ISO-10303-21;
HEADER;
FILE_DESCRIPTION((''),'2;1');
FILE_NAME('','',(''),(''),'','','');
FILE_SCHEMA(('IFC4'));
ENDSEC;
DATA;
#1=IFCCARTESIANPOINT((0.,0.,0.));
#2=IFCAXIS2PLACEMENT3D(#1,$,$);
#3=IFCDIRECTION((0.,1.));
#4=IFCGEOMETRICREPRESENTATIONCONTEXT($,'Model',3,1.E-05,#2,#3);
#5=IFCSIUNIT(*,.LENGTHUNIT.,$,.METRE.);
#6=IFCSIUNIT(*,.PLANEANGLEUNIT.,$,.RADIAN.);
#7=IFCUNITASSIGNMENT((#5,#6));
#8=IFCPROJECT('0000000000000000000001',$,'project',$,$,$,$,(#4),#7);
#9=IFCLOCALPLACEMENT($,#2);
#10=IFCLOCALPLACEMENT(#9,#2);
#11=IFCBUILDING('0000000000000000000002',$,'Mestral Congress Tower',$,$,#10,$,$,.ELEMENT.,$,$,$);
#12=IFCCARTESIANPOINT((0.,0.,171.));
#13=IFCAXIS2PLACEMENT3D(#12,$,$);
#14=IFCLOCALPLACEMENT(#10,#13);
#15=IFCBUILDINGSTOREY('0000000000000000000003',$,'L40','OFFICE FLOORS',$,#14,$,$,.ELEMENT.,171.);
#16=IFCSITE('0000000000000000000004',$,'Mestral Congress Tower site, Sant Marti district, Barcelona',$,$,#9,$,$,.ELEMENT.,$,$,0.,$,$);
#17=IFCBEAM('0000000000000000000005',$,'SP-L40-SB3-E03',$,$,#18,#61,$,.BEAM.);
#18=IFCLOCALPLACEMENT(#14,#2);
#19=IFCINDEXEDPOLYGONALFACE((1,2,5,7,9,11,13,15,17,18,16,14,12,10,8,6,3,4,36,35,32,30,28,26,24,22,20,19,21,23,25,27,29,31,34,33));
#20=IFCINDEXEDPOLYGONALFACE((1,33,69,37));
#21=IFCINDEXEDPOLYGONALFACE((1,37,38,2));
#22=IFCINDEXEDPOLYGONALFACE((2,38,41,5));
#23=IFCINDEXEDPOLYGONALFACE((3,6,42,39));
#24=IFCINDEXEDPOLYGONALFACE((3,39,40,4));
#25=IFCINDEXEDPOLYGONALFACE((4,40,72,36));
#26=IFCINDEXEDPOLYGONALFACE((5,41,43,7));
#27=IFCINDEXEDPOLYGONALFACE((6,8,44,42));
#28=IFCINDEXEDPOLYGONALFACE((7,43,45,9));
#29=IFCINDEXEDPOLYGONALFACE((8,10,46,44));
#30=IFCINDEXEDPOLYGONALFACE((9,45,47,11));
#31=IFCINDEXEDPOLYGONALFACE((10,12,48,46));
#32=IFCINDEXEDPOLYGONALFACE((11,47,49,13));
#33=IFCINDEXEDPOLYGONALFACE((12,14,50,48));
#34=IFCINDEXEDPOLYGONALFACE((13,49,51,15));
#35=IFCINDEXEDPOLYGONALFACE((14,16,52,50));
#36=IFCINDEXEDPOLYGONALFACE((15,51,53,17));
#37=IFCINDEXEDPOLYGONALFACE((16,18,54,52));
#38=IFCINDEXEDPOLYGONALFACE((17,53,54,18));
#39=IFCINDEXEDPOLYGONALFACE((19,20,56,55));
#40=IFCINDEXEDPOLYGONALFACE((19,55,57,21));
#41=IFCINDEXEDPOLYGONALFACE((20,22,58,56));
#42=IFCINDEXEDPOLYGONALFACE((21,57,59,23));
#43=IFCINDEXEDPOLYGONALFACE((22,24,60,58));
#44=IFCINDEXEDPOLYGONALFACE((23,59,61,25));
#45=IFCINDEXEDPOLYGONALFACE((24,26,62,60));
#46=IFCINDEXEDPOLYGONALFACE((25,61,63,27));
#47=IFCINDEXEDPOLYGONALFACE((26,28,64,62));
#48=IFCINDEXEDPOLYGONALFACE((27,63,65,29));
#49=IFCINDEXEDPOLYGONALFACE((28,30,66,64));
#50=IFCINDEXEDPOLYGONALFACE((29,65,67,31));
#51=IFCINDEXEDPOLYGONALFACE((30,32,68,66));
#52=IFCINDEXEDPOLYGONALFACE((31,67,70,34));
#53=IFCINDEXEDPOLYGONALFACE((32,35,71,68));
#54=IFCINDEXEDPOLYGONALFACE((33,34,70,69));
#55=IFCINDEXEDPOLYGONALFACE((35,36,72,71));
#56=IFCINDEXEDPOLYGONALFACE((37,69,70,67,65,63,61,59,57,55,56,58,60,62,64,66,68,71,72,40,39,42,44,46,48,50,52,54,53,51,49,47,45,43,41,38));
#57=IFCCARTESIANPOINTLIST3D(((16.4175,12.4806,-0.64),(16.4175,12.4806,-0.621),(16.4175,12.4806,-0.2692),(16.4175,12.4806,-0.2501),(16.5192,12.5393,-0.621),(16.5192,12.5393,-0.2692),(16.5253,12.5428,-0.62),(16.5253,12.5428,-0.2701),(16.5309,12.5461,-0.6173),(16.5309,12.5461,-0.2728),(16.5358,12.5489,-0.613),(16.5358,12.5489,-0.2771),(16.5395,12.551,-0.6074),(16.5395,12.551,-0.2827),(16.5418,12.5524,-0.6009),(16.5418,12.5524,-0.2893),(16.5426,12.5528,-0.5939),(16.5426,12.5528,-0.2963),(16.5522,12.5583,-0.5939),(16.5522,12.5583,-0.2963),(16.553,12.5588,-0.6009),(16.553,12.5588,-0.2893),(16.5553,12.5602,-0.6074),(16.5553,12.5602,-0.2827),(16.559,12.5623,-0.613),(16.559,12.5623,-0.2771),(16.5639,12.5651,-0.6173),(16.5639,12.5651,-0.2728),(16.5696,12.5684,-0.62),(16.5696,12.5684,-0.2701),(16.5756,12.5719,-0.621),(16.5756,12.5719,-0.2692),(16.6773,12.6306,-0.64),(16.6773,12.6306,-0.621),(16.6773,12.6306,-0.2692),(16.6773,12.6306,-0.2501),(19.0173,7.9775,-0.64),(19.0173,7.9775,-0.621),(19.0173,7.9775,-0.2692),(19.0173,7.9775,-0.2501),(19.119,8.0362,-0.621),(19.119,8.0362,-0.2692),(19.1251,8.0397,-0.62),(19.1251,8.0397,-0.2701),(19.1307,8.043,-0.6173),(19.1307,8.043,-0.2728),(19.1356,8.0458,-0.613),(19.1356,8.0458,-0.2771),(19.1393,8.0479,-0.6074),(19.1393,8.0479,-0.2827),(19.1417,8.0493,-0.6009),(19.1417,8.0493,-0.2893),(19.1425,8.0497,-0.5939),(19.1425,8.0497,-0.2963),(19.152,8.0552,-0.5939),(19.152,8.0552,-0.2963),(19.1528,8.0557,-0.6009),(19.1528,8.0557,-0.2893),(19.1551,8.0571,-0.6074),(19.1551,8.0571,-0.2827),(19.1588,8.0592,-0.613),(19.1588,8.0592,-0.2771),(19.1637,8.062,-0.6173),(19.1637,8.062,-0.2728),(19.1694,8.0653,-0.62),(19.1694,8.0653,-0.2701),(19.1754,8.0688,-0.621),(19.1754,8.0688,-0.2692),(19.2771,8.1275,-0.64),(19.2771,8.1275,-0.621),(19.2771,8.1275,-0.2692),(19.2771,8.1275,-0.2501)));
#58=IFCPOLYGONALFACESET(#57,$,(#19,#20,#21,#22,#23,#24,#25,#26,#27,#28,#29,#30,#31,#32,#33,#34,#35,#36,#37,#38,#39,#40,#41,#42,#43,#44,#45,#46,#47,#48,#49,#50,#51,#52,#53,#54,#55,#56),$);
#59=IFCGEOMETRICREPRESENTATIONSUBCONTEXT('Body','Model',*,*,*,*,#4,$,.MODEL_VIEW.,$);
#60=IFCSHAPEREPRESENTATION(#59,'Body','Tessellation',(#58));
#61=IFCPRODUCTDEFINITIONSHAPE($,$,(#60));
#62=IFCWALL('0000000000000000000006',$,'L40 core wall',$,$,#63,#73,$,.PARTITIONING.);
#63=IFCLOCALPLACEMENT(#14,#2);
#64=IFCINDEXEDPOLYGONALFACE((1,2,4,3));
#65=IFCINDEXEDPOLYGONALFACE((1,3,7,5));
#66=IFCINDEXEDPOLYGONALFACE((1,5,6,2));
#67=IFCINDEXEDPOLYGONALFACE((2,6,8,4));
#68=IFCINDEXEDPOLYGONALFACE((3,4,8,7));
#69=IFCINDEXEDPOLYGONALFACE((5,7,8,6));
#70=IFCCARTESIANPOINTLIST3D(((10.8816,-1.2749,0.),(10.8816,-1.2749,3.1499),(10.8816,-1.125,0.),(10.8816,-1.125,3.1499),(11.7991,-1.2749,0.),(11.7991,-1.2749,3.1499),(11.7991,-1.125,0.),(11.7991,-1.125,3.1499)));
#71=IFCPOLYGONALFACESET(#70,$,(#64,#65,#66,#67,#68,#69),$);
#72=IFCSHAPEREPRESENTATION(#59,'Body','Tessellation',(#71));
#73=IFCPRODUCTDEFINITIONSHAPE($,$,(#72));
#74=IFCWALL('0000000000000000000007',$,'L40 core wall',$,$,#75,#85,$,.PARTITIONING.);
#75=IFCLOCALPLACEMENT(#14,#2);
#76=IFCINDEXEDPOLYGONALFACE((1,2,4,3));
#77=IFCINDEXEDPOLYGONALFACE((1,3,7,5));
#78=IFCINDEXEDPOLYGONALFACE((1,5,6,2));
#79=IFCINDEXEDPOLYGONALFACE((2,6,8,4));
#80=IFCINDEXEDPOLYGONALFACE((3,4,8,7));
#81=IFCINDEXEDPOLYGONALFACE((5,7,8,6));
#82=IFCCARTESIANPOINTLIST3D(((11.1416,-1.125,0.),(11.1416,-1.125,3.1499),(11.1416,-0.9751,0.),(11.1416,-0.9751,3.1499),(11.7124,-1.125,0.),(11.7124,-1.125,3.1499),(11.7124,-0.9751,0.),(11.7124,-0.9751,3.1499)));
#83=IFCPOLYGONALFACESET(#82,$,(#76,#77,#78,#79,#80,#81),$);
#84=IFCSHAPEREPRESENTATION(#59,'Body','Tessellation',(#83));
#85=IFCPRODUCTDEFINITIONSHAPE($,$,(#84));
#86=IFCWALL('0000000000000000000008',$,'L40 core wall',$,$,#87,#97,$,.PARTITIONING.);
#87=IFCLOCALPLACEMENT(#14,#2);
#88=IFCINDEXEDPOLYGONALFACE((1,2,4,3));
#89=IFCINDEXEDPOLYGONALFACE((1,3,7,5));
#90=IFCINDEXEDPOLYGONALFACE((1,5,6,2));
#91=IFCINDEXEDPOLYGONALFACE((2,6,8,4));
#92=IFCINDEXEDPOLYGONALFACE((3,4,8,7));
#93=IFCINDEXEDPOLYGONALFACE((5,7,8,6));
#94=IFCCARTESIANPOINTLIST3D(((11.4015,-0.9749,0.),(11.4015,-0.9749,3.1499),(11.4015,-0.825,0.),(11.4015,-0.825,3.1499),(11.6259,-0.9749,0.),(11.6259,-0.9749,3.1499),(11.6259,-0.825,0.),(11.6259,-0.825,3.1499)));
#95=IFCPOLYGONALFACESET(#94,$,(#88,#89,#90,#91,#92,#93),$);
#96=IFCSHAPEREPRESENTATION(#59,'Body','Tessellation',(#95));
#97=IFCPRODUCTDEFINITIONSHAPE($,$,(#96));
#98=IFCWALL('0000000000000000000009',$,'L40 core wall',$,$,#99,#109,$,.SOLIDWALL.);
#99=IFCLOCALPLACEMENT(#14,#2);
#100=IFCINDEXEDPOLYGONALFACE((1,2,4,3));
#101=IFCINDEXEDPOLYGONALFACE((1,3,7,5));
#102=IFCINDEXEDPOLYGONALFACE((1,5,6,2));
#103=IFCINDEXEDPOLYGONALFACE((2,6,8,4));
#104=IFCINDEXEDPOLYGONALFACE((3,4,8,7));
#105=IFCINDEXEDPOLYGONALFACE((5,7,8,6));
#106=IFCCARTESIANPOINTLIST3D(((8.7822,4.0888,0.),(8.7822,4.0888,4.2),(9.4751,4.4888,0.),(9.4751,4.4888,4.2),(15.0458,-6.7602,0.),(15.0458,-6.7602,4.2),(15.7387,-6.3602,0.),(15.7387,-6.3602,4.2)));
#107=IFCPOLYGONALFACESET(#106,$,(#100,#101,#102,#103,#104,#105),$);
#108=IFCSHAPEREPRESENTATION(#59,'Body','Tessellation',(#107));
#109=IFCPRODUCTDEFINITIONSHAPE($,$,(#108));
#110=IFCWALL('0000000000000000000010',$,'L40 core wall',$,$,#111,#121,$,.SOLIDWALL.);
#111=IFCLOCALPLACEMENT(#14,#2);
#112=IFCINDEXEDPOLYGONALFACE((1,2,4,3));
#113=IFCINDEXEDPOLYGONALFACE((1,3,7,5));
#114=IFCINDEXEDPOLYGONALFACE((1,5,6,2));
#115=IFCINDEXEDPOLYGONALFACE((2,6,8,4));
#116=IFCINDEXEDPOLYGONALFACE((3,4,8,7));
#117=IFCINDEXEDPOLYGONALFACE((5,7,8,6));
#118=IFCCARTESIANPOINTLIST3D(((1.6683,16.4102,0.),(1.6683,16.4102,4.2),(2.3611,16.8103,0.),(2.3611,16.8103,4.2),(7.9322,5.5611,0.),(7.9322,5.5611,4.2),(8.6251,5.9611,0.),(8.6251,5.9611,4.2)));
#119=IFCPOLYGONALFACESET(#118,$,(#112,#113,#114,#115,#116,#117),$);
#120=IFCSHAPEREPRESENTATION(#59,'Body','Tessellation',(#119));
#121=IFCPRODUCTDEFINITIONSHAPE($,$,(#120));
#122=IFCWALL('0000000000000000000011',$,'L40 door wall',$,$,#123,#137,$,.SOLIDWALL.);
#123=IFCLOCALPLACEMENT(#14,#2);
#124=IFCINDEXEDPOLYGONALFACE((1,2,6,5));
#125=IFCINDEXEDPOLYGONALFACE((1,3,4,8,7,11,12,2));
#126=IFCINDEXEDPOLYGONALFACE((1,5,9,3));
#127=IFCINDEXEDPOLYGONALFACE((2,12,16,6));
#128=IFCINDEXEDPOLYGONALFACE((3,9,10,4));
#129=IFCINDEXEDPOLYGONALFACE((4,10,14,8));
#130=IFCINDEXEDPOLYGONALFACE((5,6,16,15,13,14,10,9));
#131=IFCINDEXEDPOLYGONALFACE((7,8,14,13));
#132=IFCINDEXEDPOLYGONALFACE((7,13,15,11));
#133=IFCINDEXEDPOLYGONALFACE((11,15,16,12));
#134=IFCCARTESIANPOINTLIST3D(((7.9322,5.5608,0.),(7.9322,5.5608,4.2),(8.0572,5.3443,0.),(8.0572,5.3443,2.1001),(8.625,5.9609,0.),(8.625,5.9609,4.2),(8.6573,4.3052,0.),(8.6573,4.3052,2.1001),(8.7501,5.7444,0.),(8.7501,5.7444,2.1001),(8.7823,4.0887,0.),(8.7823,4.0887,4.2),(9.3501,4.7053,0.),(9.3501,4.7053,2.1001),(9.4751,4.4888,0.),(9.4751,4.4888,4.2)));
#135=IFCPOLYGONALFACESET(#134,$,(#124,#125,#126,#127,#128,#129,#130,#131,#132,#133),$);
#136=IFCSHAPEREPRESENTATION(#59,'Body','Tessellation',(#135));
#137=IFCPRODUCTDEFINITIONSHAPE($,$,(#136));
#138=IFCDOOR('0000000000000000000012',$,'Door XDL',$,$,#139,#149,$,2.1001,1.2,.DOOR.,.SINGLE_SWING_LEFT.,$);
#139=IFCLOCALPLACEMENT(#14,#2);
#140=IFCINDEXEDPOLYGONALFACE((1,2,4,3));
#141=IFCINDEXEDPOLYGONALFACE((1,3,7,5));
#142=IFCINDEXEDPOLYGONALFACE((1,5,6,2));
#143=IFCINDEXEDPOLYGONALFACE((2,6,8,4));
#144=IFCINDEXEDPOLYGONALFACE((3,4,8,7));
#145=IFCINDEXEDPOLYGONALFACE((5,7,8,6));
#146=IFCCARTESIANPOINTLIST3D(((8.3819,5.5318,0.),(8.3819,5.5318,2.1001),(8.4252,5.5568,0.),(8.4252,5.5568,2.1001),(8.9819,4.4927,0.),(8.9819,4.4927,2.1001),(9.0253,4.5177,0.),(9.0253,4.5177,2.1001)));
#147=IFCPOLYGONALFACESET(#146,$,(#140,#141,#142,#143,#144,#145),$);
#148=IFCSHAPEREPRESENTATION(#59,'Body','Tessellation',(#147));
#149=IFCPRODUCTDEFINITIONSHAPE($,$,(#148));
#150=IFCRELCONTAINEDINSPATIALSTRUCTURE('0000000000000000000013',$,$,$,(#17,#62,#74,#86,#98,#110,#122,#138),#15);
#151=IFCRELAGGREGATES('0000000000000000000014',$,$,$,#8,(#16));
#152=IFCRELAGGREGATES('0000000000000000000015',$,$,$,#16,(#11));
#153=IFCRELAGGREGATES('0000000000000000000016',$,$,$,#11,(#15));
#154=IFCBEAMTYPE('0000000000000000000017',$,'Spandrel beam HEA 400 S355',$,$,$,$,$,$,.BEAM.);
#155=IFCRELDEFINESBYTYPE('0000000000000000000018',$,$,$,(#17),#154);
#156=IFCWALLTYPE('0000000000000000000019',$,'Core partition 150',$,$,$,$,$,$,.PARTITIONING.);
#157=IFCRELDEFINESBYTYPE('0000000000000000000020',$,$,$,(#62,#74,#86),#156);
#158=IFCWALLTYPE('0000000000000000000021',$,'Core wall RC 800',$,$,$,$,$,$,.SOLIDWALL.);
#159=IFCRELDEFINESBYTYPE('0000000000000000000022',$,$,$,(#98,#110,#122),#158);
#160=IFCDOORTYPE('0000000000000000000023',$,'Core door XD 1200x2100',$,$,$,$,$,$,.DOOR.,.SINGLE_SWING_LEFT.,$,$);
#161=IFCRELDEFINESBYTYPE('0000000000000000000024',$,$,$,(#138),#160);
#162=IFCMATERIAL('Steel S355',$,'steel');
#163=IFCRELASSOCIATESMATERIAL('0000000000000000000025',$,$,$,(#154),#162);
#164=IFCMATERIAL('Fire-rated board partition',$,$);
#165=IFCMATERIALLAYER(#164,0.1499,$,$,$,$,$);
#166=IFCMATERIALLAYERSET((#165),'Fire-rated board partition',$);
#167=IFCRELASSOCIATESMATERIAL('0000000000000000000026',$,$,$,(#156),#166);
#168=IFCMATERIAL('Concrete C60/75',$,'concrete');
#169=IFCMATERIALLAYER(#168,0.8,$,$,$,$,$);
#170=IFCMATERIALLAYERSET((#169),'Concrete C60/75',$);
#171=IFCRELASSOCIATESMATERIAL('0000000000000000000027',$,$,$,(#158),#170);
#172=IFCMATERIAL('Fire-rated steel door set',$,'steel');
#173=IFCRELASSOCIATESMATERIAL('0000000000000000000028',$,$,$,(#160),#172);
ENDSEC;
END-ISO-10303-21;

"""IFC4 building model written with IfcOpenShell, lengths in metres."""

from ifc_helpers import new_model, si_unit, direction, frame, frame_2d, origin, origin_2d, place, context, subcontext, project, spatial, rectangle, i_section, extrude, material, layer, layer_set, material_profile, profile_set, type_object, element, fill, save


model = new_model("IFC4")

# Units and contexts
model_context = context("Model", 3, precision=1e-05, world=origin(), true_north=direction((0.0, 1.0)))
body_context = subcontext(model_context, "Body", "Model", "MODEL_VIEW")
ifc_project = project(units=[si_unit("LENGTHUNIT", "METRE"), si_unit("PLANEANGLEUNIT", "RADIAN")], contexts=[model_context])

# Site, building, storey
site_placement = place(None, origin())
site = spatial("IfcSite", under=ifc_project, at=site_placement, Name="Mestral Congress Tower site, Sant Marti district, Barcelona", CompositionType="ELEMENT", RefElevation=0.0)
building_placement = place(site_placement, origin())
building = spatial("IfcBuilding", under=site, at=building_placement, Name="Mestral Congress Tower", CompositionType="ELEMENT")
storey_placement = place(building_placement, frame((0.0, 0.0, 171.0)))
storey = spatial("IfcBuildingStorey", under=building, at=storey_placement, Name="L40", Description="OFFICE FLOORS", CompositionType="ELEMENT", Elevation=171.0)

# Shared definitions
ifc_material_1 = material(Name="Concrete C60/75", Category="concrete")

# Beam
ifc_material_2 = material(Name="Steel S355", Category="steel")
ifc_material_profile_1 = material_profile(ifc_material_2, i_section(OverallWidth=0.3, OverallDepth=0.3899, WebThickness=0.011, FlangeThickness=0.019, FilletRadius=0.0271, at=origin_2d()), Name="HEA 400")
ifc_profile_set_1 = profile_set([ifc_material_profile_1], Name="Steel S355")
beam_type_1 = type_object("IfcBeamType", Name="Spandrel beam HEA 400 S355", PredefinedType="BEAM", material=ifc_profile_set_1)
for number, where, z_axis, x_axis, name in (
    (1, (19.1472, 8.0525, -0.4451), (-0.499992, 0.86603, 0.0), (-0.86603, -0.499992, 0.0), "SP-L40-SB3-E03"),
):
    element("IfcBeam", number, at=place(storey_placement, frame(where, z_axis=z_axis, x_axis=x_axis)), inside=storey, type_object=beam_type_1, Name=name, PredefinedType="BEAM", context=body_context, shape_type="SweptSolid", body=[
        extrude(i_section(OverallWidth=0.3, OverallDepth=0.3899, WebThickness=0.011, FlangeThickness=0.019, FilletRadius=0.0271, at=origin_2d()), origin(), (0.0, 0.0, 1.0), 5.1997),
    ])

# Walls
ifc_material_3 = material(Name="Fire-rated board partition")
ifc_layer_1 = layer(ifc_material_3, 0.1499)
ifc_layer_set_1 = layer_set([ifc_layer_1], Name="Fire-rated board partition")
wall_type_1 = type_object("IfcWallType", Name="Core partition 150", PredefinedType="PARTITIONING", material=ifc_layer_set_1)
wall_1_placement = place(storey_placement, frame((10.8816, -1.2, 0.0), z_axis=(0.0, 0.0, 1.0), x_axis=(1.0, 0.0, 0.0)))
element("IfcWall", 2, at=wall_1_placement, inside=storey, type_object=wall_type_1, Name="L40 core wall", PredefinedType="PARTITIONING", context=body_context, shape_type="SweptSolid", body=[
    extrude(rectangle(XDim=0.9175, YDim=0.1499, at=frame_2d((0.4587, 0.0))), origin(), (0.0, 0.0, 1.0), 3.1499),
])
wall_2_placement = place(storey_placement, frame((11.7124, -1.05, 0.0), z_axis=(0.0, 0.0, 1.0), x_axis=(-1.0, 0.0, 0.0)))
element("IfcWall", 3, at=wall_2_placement, inside=storey, type_object=wall_type_1, Name="L40 core wall", PredefinedType="PARTITIONING", context=body_context, shape_type="SweptSolid", body=[
    extrude(rectangle(XDim=0.5708, YDim=0.1499, at=frame_2d((0.2854, 0.0))), origin(), (0.0, 0.0, 1.0), 3.1499),
])
wall_3_placement = place(storey_placement, frame((11.4014, -0.8999, 0.0), z_axis=(0.0, 0.0, 1.0), x_axis=(1.0, 0.0, 0.0)))
element("IfcWall", 4, at=wall_3_placement, inside=storey, type_object=wall_type_1, Name="L40 core wall", PredefinedType="PARTITIONING", context=body_context, shape_type="SweptSolid", body=[
    extrude(rectangle(XDim=0.2244, YDim=0.1499, at=frame_2d((0.1123, 0.0))), origin(), (0.0, 0.0, 1.0), 3.1499),
])
ifc_layer_2 = layer(ifc_material_1, 0.8)
ifc_layer_set_2 = layer_set([ifc_layer_2], Name="Concrete C60/75")
wall_type_2 = type_object("IfcWallType", Name="Core wall RC 800", PredefinedType="SOLIDWALL", material=ifc_layer_set_2)
wall_4_placement = place(storey_placement, frame((9.1287, 4.2888, 0.0), z_axis=(0.0, 0.0, 1.0), x_axis=(0.499996, -0.866028, 0.0)))
element("IfcWall", 5, at=wall_4_placement, inside=storey, type_object=wall_type_2, Name="L40 core wall", PredefinedType="SOLIDWALL", context=body_context, shape_type="SweptSolid", body=[
    extrude(rectangle(XDim=12.5273, YDim=0.8, at=frame_2d((6.2637, 0.0))), origin(), (0.0, 0.0, 1.0), 4.2),
])
wall_5_placement = place(storey_placement, frame((8.2786, 5.7612, 0.0), z_axis=(0.0, 0.0, 1.0), x_axis=(-0.50001, 0.866019, 0.0)))
element("IfcWall", 6, at=wall_5_placement, inside=storey, type_object=wall_type_2, Name="L40 core wall", PredefinedType="SOLIDWALL", context=body_context, shape_type="SweptSolid", body=[
    extrude(rectangle(XDim=12.5276, YDim=0.8, at=frame_2d((6.2637, 0.0))), origin(), (0.0, 0.0, 1.0), 4.2),
])

# Wall, opening, door
wall_6_placement = place(storey_placement, frame((8.2786, 5.761, 0.0), z_axis=(0.0, 0.0, 1.0), x_axis=(0.500062, -0.865989, 0.0)))
wall_6 = element("IfcWall", 7, at=wall_6_placement, inside=storey, type_object=wall_type_2, Name="L40 door wall", PredefinedType="SOLIDWALL", context=body_context, shape_type="SweptSolid", body=[
    extrude(rectangle(XDim=1.7, YDim=0.8, at=frame_2d((0.8501, 0.0))), origin(), (0.0, 0.0, 1.0), 4.2),
])
opening_1_placement = place(wall_6_placement, frame((0.25, 0.0, 0.0)))
opening_1 = element("IfcOpeningElement", 8, at=opening_1_placement, cuts=wall_6, PredefinedType="OPENING", context=body_context, shape_type="SweptSolid", body=[
    extrude(rectangle(XDim=1.2, YDim=2.1001, at=frame_2d((0.6001, 1.05))), frame((0.0, 0.4099, 0.0), z_axis=(0.0, -1.0, 0.0), x_axis=(1.0, 0.0, 0.0)), (0.0, 0.0, 1.0), 0.8201),
])
ifc_material_4 = material(Name="Fire-rated steel door set", Category="steel")
door_type_1 = type_object("IfcDoorType", Name="Core door XD 1200x2100", OperationType="SINGLE_SWING_LEFT", PredefinedType="DOOR", material=ifc_material_4)
door_1_placement = place(opening_1_placement, origin())
door_1 = element("IfcDoor", 9, at=door_1_placement, inside=storey, type_object=door_type_1, Name="Door XDL", OperationType="SINGLE_SWING_LEFT", OverallHeight=2.1001, OverallWidth=1.2, PredefinedType="DOOR", context=body_context, shape_type="SweptSolid", body=[
    extrude(rectangle(XDim=1.2, YDim=2.1001, at=frame_2d((0.6001, 1.05))), frame((0.0, 0.0249, 0.0), z_axis=(0.0, -1.0, 0.0), x_axis=(1.0, 0.0, 0.0)), (0.0, 0.0, 1.0), 0.05),
])
fill(opening_1, door_1)

save(model, "model.ifc")
